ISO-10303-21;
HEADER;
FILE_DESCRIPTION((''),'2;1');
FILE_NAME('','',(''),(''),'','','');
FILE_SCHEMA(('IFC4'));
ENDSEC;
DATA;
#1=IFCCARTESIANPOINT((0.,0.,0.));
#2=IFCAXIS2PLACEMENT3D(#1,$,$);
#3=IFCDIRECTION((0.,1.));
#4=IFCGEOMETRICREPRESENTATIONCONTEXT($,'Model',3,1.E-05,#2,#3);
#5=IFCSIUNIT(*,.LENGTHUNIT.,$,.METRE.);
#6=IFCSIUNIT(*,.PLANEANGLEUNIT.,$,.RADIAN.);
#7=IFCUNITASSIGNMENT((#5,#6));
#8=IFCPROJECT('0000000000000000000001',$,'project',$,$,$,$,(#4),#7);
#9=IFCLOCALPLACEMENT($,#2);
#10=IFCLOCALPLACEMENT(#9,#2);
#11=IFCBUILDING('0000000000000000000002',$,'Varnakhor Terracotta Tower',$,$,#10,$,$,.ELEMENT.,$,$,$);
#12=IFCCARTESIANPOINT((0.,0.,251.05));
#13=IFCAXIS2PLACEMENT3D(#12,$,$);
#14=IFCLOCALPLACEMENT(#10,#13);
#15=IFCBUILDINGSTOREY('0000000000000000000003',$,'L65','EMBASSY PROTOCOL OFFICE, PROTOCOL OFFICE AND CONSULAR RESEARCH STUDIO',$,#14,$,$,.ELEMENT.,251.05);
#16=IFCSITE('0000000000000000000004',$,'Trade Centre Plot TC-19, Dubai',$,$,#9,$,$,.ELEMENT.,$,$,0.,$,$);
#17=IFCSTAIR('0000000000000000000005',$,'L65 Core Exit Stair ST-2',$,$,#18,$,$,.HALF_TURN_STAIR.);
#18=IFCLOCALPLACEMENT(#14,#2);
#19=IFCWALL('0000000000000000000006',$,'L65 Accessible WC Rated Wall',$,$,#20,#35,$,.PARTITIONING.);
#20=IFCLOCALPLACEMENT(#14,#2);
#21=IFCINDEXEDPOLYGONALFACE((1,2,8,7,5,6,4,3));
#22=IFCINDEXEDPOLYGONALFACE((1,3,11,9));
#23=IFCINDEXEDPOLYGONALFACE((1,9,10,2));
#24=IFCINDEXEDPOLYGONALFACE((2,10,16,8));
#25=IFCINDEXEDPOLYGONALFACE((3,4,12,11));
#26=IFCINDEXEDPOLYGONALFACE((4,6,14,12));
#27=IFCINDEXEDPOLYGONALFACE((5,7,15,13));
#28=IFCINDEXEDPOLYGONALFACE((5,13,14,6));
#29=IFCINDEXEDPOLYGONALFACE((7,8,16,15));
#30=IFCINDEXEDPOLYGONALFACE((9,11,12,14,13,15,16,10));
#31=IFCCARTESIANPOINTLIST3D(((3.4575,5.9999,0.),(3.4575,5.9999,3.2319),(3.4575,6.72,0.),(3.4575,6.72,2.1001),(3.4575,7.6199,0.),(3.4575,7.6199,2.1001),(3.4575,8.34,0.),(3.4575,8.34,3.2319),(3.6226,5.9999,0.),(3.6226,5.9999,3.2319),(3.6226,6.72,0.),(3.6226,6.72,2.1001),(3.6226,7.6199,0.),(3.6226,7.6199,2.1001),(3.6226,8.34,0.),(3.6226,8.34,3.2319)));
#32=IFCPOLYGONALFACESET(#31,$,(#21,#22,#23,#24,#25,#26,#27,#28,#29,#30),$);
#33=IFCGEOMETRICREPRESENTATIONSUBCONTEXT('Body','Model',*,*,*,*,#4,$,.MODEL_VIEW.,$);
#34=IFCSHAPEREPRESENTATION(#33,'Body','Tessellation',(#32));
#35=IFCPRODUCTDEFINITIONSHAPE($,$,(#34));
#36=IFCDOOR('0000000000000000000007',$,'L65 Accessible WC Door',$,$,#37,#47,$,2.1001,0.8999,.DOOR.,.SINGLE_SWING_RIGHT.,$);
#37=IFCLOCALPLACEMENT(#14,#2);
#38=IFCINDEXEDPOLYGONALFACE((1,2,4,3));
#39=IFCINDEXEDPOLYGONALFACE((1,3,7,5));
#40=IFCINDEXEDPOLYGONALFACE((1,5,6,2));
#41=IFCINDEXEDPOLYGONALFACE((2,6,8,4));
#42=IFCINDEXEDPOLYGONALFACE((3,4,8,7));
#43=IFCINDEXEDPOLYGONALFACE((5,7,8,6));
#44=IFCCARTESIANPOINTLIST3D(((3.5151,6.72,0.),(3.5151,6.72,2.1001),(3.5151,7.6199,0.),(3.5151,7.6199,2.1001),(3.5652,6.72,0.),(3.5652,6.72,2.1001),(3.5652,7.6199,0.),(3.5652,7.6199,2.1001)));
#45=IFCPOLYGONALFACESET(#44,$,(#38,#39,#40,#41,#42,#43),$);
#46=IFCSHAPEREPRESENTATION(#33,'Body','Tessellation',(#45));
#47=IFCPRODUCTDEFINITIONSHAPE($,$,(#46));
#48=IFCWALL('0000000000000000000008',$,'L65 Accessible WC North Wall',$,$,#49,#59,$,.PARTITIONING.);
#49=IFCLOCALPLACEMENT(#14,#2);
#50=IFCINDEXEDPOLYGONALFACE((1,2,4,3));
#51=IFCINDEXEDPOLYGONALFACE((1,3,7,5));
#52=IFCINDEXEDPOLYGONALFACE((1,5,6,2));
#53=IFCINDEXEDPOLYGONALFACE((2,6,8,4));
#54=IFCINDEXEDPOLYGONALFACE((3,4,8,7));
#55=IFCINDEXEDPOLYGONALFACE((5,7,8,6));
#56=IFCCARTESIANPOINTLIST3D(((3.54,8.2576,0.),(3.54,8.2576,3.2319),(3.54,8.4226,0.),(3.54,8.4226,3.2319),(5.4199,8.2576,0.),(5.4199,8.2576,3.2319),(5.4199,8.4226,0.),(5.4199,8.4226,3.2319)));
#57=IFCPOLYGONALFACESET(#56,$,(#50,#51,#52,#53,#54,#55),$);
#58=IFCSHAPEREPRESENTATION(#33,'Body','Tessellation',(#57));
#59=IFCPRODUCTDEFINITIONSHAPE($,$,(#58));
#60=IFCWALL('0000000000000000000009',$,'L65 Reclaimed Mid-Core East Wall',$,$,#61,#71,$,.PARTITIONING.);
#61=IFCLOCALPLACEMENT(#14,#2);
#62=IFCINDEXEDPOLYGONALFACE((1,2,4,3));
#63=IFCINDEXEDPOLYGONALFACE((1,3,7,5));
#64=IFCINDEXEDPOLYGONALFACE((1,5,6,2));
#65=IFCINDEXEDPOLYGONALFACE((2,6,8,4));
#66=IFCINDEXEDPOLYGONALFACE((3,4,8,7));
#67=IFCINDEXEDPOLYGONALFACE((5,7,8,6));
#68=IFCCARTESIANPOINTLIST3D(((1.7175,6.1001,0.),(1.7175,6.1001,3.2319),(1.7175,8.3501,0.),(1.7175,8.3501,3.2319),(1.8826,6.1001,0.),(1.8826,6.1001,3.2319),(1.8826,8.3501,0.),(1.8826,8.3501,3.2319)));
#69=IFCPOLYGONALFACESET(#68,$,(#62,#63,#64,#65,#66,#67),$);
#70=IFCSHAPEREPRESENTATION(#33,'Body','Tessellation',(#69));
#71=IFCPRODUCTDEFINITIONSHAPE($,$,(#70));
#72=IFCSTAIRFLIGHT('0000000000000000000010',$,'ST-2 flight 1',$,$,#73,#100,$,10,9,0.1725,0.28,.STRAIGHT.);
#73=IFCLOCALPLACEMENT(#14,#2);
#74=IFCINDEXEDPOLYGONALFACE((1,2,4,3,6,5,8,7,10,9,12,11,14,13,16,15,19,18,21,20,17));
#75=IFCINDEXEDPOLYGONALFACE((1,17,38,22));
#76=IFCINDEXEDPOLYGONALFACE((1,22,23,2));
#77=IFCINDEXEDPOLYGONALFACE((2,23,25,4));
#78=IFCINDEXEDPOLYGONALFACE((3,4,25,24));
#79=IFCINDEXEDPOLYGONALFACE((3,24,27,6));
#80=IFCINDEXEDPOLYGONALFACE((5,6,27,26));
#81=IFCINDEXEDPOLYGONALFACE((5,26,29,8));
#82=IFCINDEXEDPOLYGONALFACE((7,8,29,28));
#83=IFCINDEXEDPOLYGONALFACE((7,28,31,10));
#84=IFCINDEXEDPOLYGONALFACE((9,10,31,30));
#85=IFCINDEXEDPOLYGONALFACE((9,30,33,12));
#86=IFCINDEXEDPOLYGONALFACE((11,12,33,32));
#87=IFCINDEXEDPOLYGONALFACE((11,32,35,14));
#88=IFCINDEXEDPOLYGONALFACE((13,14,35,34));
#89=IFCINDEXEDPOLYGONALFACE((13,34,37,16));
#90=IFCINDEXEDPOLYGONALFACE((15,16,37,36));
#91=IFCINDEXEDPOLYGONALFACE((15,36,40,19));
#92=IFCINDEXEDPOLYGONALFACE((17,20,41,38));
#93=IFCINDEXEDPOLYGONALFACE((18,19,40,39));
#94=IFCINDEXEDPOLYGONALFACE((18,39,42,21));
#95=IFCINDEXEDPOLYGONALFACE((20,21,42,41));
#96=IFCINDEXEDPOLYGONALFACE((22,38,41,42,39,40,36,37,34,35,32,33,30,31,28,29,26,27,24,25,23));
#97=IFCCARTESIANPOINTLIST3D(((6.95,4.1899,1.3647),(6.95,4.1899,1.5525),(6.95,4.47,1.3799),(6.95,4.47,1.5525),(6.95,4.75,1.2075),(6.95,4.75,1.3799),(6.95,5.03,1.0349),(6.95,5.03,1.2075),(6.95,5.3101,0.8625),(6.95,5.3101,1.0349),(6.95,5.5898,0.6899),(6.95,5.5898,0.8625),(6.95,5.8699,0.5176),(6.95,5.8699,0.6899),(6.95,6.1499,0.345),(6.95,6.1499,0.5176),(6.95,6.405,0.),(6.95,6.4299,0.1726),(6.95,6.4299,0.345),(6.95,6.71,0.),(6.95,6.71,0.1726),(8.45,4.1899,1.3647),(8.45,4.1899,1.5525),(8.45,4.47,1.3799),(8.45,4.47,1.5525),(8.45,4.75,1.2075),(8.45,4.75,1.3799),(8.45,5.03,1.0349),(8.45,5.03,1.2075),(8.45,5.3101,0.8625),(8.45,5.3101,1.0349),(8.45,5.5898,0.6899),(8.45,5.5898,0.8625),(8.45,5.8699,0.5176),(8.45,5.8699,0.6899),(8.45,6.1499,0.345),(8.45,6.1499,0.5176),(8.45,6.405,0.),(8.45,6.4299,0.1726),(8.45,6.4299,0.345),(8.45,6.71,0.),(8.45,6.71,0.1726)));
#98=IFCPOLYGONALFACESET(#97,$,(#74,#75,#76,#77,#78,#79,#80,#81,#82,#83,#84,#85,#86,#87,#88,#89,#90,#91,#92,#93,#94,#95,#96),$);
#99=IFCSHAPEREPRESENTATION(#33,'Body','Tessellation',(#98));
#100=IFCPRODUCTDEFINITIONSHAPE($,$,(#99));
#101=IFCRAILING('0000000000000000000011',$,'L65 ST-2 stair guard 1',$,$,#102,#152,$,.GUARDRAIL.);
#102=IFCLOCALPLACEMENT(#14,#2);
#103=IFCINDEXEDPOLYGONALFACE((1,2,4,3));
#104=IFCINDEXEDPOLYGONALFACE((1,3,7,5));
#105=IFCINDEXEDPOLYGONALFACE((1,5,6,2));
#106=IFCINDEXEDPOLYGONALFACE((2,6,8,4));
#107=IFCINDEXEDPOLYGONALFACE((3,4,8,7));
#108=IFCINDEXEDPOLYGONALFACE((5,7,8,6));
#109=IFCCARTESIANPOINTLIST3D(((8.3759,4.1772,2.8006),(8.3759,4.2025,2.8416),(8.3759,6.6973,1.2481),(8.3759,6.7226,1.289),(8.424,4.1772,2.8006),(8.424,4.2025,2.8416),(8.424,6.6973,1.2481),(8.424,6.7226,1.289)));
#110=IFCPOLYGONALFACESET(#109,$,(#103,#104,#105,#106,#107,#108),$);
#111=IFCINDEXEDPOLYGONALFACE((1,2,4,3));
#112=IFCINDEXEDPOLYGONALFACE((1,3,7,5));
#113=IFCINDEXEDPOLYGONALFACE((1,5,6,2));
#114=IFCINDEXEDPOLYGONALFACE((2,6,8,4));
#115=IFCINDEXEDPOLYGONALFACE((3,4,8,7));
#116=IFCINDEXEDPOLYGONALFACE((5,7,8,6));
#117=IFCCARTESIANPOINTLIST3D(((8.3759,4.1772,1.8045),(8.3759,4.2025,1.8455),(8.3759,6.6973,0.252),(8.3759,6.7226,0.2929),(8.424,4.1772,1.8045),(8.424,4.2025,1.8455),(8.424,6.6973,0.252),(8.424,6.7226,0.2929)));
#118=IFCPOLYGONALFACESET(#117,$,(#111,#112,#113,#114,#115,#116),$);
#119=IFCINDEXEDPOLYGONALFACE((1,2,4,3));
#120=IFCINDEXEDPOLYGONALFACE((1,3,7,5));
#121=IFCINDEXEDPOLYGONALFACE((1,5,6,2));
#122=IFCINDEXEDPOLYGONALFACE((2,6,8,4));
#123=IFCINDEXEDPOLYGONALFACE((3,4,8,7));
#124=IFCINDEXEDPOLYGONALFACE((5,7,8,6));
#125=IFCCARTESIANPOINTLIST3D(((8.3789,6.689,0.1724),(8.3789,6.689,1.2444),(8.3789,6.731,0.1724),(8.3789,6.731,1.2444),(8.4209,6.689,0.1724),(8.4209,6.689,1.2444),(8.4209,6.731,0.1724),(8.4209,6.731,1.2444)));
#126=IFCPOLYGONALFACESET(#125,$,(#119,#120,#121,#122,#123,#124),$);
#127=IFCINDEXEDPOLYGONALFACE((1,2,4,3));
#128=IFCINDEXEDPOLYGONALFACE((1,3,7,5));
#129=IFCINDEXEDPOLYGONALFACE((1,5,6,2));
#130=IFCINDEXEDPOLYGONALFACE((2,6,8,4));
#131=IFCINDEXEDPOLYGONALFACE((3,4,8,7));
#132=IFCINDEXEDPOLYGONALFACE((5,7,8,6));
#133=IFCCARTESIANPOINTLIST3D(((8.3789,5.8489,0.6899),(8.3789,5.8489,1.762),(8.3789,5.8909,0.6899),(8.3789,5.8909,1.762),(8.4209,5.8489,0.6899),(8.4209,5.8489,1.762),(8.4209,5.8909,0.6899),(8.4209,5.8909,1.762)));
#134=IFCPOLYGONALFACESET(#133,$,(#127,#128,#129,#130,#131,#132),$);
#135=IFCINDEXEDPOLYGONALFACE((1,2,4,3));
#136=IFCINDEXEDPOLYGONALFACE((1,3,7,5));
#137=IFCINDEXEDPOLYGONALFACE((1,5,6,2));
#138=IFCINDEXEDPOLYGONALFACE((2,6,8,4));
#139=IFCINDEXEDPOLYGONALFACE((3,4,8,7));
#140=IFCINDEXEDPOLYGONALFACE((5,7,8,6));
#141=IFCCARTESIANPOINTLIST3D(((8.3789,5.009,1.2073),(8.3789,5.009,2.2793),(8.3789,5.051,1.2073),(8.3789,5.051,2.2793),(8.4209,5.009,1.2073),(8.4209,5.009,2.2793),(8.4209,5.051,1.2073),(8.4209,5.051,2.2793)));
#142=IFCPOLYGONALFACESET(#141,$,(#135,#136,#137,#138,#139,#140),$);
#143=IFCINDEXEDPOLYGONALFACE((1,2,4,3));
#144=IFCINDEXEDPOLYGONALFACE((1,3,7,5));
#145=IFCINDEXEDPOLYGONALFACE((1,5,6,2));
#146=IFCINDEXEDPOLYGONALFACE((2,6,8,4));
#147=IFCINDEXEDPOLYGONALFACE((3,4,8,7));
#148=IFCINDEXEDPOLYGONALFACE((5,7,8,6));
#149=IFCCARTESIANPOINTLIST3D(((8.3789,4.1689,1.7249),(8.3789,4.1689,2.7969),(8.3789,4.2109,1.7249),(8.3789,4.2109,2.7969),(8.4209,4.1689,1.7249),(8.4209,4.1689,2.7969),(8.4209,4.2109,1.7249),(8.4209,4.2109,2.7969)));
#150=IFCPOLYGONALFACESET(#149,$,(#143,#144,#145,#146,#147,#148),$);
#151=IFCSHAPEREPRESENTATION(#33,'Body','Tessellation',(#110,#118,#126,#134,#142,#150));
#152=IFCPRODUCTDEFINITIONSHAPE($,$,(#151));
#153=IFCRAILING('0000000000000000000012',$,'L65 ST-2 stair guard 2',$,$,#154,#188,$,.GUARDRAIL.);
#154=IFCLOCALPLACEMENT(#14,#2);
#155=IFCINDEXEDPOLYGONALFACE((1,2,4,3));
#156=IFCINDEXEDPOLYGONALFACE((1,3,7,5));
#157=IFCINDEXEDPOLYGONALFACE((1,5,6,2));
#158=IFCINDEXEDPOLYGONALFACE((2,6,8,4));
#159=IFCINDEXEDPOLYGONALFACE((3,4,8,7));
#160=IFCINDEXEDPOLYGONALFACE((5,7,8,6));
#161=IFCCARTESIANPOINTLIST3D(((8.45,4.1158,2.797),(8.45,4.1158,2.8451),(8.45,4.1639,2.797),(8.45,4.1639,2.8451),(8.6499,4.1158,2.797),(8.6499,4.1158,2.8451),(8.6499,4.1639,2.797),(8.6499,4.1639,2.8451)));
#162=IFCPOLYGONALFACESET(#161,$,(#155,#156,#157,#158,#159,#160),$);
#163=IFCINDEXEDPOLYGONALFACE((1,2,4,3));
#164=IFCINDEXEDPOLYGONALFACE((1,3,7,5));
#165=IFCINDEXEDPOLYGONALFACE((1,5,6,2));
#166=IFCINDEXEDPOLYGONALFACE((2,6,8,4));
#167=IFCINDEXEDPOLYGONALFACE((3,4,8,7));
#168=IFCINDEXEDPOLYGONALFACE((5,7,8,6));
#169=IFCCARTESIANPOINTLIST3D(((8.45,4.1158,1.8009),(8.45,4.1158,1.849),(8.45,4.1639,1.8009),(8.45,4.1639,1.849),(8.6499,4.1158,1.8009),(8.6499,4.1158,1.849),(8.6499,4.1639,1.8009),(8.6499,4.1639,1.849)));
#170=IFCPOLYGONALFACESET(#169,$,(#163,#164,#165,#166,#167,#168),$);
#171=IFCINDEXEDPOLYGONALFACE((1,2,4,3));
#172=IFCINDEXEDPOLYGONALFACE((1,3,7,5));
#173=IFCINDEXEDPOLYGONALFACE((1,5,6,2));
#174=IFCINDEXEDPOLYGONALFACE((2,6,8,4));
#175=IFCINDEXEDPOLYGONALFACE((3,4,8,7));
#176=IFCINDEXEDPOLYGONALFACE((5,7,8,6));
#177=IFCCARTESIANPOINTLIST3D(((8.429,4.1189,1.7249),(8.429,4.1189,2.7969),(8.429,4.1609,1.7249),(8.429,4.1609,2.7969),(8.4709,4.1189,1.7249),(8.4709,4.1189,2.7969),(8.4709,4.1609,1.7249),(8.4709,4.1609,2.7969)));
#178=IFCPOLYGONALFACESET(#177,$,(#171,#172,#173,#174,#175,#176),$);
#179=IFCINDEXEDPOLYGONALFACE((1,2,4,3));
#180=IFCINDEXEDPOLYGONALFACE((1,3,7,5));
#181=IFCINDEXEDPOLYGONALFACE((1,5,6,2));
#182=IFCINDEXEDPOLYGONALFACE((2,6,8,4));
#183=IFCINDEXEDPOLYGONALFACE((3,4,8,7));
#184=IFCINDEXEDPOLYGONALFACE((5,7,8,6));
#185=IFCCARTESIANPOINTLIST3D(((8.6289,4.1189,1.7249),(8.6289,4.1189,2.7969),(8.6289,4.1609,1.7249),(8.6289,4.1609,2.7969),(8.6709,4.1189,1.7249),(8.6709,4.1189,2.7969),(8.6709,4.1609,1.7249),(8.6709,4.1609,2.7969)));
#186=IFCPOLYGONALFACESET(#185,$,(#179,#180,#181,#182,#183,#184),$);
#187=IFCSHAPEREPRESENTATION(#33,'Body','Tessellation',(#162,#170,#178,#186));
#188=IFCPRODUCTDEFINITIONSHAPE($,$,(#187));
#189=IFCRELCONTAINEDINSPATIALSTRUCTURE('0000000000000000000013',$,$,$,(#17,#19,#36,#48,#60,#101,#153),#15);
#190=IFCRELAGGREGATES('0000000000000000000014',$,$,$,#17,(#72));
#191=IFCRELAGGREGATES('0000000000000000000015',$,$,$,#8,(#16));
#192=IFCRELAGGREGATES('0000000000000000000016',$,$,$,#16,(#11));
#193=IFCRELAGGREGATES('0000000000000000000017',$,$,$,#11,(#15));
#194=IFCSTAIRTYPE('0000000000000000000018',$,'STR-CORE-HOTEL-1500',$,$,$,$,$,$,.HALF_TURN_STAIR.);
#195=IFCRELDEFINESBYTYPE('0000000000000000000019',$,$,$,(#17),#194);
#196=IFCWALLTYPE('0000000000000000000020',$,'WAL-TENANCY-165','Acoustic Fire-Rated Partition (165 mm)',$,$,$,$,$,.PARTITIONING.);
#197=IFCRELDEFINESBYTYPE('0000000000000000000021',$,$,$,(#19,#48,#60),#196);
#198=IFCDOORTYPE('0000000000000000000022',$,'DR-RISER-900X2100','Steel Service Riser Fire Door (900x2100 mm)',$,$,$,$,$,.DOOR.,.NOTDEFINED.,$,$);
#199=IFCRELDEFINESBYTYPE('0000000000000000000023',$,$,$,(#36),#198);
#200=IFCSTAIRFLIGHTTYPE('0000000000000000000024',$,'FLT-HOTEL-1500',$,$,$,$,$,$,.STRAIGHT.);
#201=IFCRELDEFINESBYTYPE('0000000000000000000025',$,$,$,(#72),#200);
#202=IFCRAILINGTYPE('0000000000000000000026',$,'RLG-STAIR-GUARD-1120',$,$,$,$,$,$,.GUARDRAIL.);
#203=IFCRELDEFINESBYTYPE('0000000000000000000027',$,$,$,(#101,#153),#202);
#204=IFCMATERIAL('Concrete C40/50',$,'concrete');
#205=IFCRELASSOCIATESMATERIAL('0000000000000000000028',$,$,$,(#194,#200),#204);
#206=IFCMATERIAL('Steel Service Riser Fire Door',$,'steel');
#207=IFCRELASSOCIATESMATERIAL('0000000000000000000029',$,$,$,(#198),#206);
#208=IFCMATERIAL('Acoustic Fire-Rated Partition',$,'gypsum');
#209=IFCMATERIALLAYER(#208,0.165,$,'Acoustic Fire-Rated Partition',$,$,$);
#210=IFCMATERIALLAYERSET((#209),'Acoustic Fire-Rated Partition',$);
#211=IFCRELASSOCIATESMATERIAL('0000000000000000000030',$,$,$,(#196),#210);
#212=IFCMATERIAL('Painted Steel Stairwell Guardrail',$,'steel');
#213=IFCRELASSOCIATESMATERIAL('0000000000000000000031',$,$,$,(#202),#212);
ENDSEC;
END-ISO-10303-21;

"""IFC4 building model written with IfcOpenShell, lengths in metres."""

from ifc_helpers import new_model, si_unit, direction, frame, frame_2d, origin, origin_2d, place, context, subcontext, project, spatial, polyline, rectangle, outline, extrude, source, transform, mapped, material, layer, layer_set, type_object, type_shapes, element, fill, aggregate, save


model = new_model("IFC4")

# Units and contexts
model_context = context("Model", 3, precision=1e-05, world=origin(), true_north=direction((0.0, 1.0)))
body_context = subcontext(model_context, "Body", "Model", "MODEL_VIEW")
ifc_project = project(units=[si_unit("LENGTHUNIT", "METRE"), si_unit("PLANEANGLEUNIT", "RADIAN")], contexts=[model_context])

# Site, building, storey
site_placement = place(None, origin())
site = spatial("IfcSite", under=ifc_project, at=site_placement, Name="Trade Centre Plot TC-19, Dubai", CompositionType="ELEMENT", RefElevation=0.0)
building_placement = place(site_placement, origin())
building = spatial("IfcBuilding", under=site, at=building_placement, Name="Varnakhor Terracotta Tower", CompositionType="ELEMENT")
storey_placement = place(building_placement, frame((0.0, 0.0, 251.05)))
storey = spatial("IfcBuildingStorey", under=building, at=storey_placement, Name="L65", Description="EMBASSY PROTOCOL OFFICE, PROTOCOL OFFICE AND CONSULAR RESEARCH STUDIO", CompositionType="ELEMENT", Elevation=251.05)

# Shared definitions
ifc_material_1 = material(Name="Concrete C40/50", Category="concrete")

# Stair
stair_type = type_object("IfcStairType", Name="STR-CORE-HOTEL-1500", PredefinedType="HALF_TURN_STAIR", material=ifc_material_1)
stair_1_placement = place(storey_placement, origin())
stair_1 = element("IfcStair", 1, at=stair_1_placement, inside=storey, type_object=stair_type, Name="L65 Core Exit Stair ST-2", PredefinedType="HALF_TURN_STAIR")

# Shared definitions
ifc_material_2 = material(Name="Acoustic Fire-Rated Partition", Category="gypsum")

# Wall, opening, door
ifc_material_3 = material(Name="Steel Service Riser Fire Door", Category="steel")
door_type_1 = type_object("IfcDoorType", Name="DR-RISER-900X2100", Description="Steel Service Riser Fire Door (900x2100 mm)", OperationType="NOTDEFINED", PredefinedType="DOOR", material=ifc_material_3)
shared_shape_1 = source(origin(), body_context, "Body", "SweptSolid", [
    extrude(rectangle(XDim=0.8999, YDim=2.1001, at=frame_2d((0.45, 1.05))), frame((0.0, 0.0249, 0.0), z_axis=(0.0, -1.0, 0.0), x_axis=(1.0, 0.0, 0.0)), (0.0, 0.0, 1.0), 0.05),
])
type_shapes(door_type_1, [shared_shape_1])
ifc_layer_1 = layer(ifc_material_2, 0.165, Name="Acoustic Fire-Rated Partition")
ifc_layer_set_1 = layer_set([ifc_layer_1], Name="Acoustic Fire-Rated Partition")
wall_type_1 = type_object("IfcWallType", Name="WAL-TENANCY-165", Description="Acoustic Fire-Rated Partition (165 mm)", PredefinedType="PARTITIONING", material=ifc_layer_set_1)
wall_1_placement = place(storey_placement, frame((3.54, 6.0, 0.0), z_axis=(0.0, 0.0, 1.0), x_axis=(0.0, 1.0, 0.0)))
wall_1 = element("IfcWall", 2, at=wall_1_placement, inside=storey, type_object=wall_type_1, Name="L65 Accessible WC Rated Wall", PredefinedType="PARTITIONING", context=body_context, shape_type="SweptSolid", body=[
    extrude(rectangle(XDim=2.3401, YDim=0.165, at=frame_2d((1.1699, 0.0))), origin(), (0.0, 0.0, 1.0), 3.2319),
])
opening_1_placement = place(wall_1_placement, frame((0.72, 0.0, 0.0)))
opening_1 = element("IfcOpeningElement", 3, at=opening_1_placement, cuts=wall_1, PredefinedType="OPENING", context=body_context, shape_type="SweptSolid", body=[
    extrude(rectangle(XDim=0.8999, YDim=2.1001, at=frame_2d((0.45, 1.05))), frame((0.0, 0.0925, 0.0), z_axis=(0.0, -1.0, 0.0), x_axis=(1.0, 0.0, 0.0)), (0.0, 0.0, 1.0), 0.1851),
])
door_1_placement = place(opening_1_placement, origin())
door_1 = element("IfcDoor", 4, at=door_1_placement, inside=storey, type_object=door_type_1, Name="L65 Accessible WC Door", OperationType="SINGLE_SWING_RIGHT", OverallHeight=2.1001, OverallWidth=0.8999, PredefinedType="DOOR", context=body_context, shape_type="MappedRepresentation", body=[
    mapped(shared_shape_1, transform((0.0, 0.0, 0.0), scale=1.0)),
])
fill(opening_1, door_1)

# Walls
wall_2_placement = place(storey_placement, frame((3.54, 8.3401, 0.0), z_axis=(0.0, 0.0, 1.0), x_axis=(1.0, 0.0, 0.0)))
element("IfcWall", 5, at=wall_2_placement, inside=storey, type_object=wall_type_1, Name="L65 Accessible WC North Wall", PredefinedType="PARTITIONING", context=body_context, shape_type="SweptSolid", body=[
    extrude(rectangle(XDim=1.8799, YDim=0.165, at=frame_2d((0.9399, 0.0))), origin(), (0.0, 0.0, 1.0), 3.2319),
])
wall_3_placement = place(storey_placement, frame((1.8, 6.1001, 0.0), z_axis=(0.0, 0.0, 1.0), x_axis=(0.0, 1.0, 0.0)))
element("IfcWall", 6, at=wall_3_placement, inside=storey, type_object=wall_type_1, Name="L65 Reclaimed Mid-Core East Wall", PredefinedType="PARTITIONING", context=body_context, shape_type="SweptSolid", body=[
    extrude(rectangle(XDim=2.25, YDim=0.165, at=frame_2d((1.125, 0.0))), origin(), (0.0, 0.0, 1.0), 3.2319),
])

# Stair flight
stair_flight_type = type_object("IfcStairFlightType", Name="FLT-HOTEL-1500", PredefinedType="STRAIGHT", material=ifc_material_1)
stair_flight_placement = place(storey_placement, frame((7.7, 6.71, 0.0), z_axis=(0.0, 0.0, 1.0), x_axis=(0.0, -1.0, 0.0)))
stair_flight = element("IfcStairFlight", 7, at=stair_flight_placement, type_object=stair_flight_type, Name="ST-2 flight 1", NumberOfRisers=10, NumberOfTreads=9, PredefinedType="STRAIGHT", RiserHeight=0.1725, TreadLength=0.28, context=body_context, shape_type="SweptSolid", body=[
    extrude(outline(polyline([(0.0, 0.0), (0.0, 0.1726), (0.28, 0.1726), (0.28, 0.345), (0.5601, 0.345), (0.5601, 0.5176), (0.8401, 0.5176), (0.8401, 0.6899), (1.1201, 0.6899), (1.1201, 0.8625), (1.3999, 0.8625), (1.3999, 1.0349), (1.6799, 1.0349), (1.6799, 1.2075), (1.96, 1.2075), (1.96, 1.3799), (2.24, 1.3799), (2.24, 1.5525), (2.52, 1.5525), (2.52, 1.7251), (2.52, 1.3647), (0.3049, 0.0), (0.0, 0.0)])), frame((0.0, 0.75, 0.0), z_axis=(0.0, -1.0, 0.0), x_axis=(1.0, 0.0, 0.0)), (0.0, 0.0, 1.0), 1.5),
])
aggregate(stair_1, [stair_flight])

# Railings
ifc_material_4 = material(Name="Painted Steel Stairwell Guardrail", Category="steel")
railing_type_1 = type_object("IfcRailingType", Name="RLG-STAIR-GUARD-1120", PredefinedType="GUARDRAIL", material=ifc_material_4)
railing_1_placement = place(storey_placement, frame((8.3999, 6.71, 0.1724)))
element("IfcRailing", 8, at=railing_1_placement, inside=storey, type_object=railing_type_1, Name="L65 ST-2 stair guard 1", PredefinedType="GUARDRAIL", context=body_context, shape_type="SweptSolid", body=[
    extrude(rectangle(XDim=0.0481, YDim=0.0481, at=origin_2d()), frame((0.0, 0.0, 1.0962), z_axis=(0.0, -0.8514, 0.524516), x_axis=(1.0, 0.0, 0.0)), (0.0, 0.0, 1.0), 2.96),
    extrude(rectangle(XDim=0.0481, YDim=0.0481, at=origin_2d()), frame((0.0, 0.0, 0.1001), z_axis=(0.0, -0.8514, 0.524516), x_axis=(1.0, 0.0, 0.0)), (0.0, 0.0, 1.0), 2.96),
    extrude(rectangle(XDim=0.042, YDim=0.042, at=origin_2d()), origin(), (0.0, 0.0, 1.0), 1.072),
    extrude(rectangle(XDim=0.042, YDim=0.042, at=origin_2d()), frame((0.0, -0.8401, 0.5176)), (0.0, 0.0, 1.0), 1.072),
    extrude(rectangle(XDim=0.042, YDim=0.042, at=origin_2d()), frame((0.0, -1.6799, 1.0349)), (0.0, 0.0, 1.0), 1.072),
    extrude(rectangle(XDim=0.042, YDim=0.042, at=origin_2d()), frame((0.0, -2.52, 1.5525)), (0.0, 0.0, 1.0), 1.072),
])
railing_2_placement = place(storey_placement, frame((8.45, 4.1399, 1.7249)))
element("IfcRailing", 9, at=railing_2_placement, inside=storey, type_object=railing_type_1, Name="L65 ST-2 stair guard 2", PredefinedType="GUARDRAIL", context=body_context, shape_type="SweptSolid", body=[
    extrude(rectangle(XDim=0.0481, YDim=0.0481, at=origin_2d()), frame((0.0, 0.0, 1.0962), z_axis=(1.0, 0.0, 0.0), x_axis=(0.0, 1.0, 0.0)), (0.0, 0.0, 1.0), 0.2),
    extrude(rectangle(XDim=0.0481, YDim=0.0481, at=origin_2d()), frame((0.0, 0.0, 0.1001), z_axis=(1.0, 0.0, 0.0), x_axis=(0.0, 1.0, 0.0)), (0.0, 0.0, 1.0), 0.2),
    extrude(rectangle(XDim=0.042, YDim=0.042, at=origin_2d()), origin(), (0.0, 0.0, 1.0), 1.072),
    extrude(rectangle(XDim=0.042, YDim=0.042, at=origin_2d()), frame((0.2, 0.0, 0.0)), (0.0, 0.0, 1.0), 1.072),
])

save(model, "model.ifc")
